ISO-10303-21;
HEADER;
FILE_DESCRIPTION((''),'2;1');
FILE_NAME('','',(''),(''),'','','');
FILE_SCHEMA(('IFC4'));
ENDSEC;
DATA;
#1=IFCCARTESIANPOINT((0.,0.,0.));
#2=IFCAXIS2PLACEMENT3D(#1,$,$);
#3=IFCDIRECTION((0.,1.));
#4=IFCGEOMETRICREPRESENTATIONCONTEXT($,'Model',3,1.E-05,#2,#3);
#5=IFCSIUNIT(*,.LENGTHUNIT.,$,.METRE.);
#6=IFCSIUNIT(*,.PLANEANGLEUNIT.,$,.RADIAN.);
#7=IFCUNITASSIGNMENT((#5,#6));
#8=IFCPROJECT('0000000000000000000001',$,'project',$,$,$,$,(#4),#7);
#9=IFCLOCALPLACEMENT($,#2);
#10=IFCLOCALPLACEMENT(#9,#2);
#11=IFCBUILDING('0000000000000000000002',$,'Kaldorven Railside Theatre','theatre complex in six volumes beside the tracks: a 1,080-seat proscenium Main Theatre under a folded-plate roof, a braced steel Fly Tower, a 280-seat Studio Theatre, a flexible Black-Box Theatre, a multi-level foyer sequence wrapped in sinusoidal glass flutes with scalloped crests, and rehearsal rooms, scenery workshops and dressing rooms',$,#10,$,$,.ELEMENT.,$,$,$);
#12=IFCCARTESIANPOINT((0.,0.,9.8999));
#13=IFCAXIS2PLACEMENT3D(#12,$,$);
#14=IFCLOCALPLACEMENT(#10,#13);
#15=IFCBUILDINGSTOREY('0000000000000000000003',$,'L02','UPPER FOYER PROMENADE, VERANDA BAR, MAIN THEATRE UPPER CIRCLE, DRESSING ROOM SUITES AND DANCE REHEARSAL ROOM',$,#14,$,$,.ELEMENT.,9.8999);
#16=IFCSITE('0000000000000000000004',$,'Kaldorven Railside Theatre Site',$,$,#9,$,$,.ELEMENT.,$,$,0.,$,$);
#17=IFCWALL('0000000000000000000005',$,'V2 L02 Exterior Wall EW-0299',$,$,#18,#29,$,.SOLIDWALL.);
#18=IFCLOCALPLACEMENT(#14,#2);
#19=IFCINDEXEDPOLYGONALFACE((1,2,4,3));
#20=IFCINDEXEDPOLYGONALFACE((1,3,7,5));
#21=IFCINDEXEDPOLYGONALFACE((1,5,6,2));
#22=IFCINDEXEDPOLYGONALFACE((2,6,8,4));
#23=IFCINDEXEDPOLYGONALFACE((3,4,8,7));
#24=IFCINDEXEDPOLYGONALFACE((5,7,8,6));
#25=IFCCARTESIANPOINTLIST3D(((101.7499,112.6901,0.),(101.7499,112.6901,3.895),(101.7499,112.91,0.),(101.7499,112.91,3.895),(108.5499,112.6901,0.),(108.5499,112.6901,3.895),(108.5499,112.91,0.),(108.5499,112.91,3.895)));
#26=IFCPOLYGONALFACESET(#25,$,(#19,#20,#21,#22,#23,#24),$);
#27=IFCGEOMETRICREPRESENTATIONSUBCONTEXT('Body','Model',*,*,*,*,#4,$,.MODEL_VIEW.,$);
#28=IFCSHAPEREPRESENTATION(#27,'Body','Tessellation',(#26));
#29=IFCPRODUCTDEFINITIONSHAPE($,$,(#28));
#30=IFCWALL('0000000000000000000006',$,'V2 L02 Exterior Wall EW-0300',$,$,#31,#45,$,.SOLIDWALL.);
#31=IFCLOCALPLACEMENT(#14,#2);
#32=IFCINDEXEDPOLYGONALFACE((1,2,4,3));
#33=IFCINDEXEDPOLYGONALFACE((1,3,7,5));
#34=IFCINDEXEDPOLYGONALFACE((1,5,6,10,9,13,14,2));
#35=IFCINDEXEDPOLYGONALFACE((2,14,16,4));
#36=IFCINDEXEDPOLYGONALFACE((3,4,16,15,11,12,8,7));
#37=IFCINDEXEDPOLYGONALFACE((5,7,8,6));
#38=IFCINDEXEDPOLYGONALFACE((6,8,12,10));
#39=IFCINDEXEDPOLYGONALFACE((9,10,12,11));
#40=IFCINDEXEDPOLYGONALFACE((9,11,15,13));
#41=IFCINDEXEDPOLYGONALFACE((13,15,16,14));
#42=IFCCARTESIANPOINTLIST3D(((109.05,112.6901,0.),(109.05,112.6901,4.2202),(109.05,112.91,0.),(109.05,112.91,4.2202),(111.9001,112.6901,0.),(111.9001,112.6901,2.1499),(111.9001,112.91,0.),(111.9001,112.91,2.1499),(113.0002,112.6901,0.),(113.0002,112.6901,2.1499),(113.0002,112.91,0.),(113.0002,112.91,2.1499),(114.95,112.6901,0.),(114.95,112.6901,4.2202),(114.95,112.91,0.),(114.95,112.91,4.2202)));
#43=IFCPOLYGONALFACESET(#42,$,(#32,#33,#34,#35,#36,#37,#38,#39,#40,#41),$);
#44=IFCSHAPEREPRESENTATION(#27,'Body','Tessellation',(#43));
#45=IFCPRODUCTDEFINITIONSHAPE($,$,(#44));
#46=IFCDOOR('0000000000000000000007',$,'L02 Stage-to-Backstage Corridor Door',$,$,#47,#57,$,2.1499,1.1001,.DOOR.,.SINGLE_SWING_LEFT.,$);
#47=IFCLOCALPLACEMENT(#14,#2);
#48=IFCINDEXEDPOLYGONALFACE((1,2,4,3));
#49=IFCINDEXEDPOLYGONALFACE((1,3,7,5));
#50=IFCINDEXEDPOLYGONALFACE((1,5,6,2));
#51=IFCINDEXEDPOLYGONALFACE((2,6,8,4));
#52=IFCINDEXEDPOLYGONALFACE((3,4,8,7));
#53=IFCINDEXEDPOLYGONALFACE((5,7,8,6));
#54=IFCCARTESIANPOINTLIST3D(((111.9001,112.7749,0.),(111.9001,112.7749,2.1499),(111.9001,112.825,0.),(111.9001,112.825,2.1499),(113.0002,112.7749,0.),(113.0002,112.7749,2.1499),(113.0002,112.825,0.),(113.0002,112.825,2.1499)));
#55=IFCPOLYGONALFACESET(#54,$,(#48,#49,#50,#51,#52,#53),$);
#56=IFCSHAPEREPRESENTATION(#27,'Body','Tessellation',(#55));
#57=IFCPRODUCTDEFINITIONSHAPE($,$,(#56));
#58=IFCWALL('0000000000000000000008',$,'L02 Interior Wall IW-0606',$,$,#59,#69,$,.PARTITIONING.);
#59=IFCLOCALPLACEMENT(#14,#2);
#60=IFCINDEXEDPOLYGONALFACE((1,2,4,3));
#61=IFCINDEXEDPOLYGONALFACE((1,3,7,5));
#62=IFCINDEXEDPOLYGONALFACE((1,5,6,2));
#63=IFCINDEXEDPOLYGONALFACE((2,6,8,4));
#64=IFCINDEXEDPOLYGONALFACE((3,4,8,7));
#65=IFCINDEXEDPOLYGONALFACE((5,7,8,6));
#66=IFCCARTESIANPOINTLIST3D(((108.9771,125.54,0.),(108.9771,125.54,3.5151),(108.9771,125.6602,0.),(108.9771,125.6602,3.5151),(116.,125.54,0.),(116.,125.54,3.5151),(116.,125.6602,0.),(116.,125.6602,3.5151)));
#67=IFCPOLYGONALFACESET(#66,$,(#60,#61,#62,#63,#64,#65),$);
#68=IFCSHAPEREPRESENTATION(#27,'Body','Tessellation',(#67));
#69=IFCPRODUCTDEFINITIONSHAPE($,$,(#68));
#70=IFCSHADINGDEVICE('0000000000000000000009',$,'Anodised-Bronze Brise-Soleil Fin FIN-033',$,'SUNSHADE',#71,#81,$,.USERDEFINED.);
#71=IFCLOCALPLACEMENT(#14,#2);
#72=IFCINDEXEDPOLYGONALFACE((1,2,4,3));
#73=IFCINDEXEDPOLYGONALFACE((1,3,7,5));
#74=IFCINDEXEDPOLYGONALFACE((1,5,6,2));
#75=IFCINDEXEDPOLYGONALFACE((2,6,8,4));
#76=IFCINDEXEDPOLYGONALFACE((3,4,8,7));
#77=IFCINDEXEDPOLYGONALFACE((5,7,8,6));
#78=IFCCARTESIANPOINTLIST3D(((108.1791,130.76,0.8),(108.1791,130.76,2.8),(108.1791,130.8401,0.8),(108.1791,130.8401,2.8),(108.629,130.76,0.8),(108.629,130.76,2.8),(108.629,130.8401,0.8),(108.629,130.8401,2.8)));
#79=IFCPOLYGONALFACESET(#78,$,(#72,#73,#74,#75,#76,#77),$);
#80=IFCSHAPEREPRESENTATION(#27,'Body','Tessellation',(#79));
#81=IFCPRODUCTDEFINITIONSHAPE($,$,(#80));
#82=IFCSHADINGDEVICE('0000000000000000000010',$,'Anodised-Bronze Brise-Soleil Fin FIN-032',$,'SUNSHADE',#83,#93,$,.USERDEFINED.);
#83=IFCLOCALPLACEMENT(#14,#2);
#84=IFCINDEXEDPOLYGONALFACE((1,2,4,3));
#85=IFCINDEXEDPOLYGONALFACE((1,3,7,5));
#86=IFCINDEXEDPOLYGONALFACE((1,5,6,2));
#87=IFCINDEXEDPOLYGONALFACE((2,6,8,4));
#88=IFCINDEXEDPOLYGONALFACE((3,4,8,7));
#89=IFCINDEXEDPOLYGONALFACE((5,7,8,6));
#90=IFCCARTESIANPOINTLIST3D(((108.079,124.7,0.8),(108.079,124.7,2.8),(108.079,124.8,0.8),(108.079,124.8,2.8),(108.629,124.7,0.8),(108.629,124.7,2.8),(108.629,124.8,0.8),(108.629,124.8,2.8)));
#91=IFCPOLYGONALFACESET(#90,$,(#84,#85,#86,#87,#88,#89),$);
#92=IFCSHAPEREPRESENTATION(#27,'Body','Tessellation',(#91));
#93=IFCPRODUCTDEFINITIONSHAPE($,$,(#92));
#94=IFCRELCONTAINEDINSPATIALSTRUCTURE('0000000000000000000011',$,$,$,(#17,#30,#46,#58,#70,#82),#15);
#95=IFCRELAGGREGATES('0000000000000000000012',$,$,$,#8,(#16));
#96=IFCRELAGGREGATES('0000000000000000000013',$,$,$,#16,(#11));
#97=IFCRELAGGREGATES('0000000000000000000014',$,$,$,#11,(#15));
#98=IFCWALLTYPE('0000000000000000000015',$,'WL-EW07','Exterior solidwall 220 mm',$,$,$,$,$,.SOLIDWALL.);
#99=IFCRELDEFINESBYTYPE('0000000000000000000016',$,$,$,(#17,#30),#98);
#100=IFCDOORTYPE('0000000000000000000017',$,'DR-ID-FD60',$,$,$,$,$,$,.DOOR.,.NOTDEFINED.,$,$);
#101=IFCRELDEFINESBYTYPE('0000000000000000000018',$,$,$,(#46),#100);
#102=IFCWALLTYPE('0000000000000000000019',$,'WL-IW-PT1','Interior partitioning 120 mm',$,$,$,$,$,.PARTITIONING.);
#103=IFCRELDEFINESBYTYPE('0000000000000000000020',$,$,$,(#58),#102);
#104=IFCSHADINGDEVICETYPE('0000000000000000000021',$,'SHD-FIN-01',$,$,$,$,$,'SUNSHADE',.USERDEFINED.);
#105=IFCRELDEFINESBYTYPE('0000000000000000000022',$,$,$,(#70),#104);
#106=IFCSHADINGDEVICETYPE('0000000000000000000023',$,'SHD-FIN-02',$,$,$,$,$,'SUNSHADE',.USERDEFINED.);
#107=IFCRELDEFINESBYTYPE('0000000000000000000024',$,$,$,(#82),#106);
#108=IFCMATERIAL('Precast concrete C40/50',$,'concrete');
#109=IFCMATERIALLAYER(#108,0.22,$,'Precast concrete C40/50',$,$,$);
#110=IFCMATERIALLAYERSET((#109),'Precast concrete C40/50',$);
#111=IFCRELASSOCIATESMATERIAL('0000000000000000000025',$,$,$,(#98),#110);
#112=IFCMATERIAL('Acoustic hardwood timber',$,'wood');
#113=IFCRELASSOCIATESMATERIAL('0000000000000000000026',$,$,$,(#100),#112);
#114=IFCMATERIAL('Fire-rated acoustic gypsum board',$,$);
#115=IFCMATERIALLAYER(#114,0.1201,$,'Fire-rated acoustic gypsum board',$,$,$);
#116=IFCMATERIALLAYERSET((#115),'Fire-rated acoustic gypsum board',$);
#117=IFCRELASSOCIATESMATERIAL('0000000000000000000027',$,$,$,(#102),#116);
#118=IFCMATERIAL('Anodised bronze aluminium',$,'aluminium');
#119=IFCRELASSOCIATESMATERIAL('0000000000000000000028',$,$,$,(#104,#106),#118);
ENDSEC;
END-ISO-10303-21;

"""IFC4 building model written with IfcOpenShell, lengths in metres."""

from ifc_helpers import new_model, si_unit, direction, frame, frame_2d, origin, origin_2d, place, context, subcontext, project, spatial, rectangle, extrude, material, layer, layer_set, type_object, element, fill, save


model = new_model("IFC4")

# Units and contexts
model_context = context("Model", 3, precision=1e-05, world=origin(), true_north=direction((0.0, 1.0)))
body_context = subcontext(model_context, "Body", "Model", "MODEL_VIEW")
ifc_project = project(units=[si_unit("LENGTHUNIT", "METRE"), si_unit("PLANEANGLEUNIT", "RADIAN")], contexts=[model_context])

# Site, building, storey
site_placement = place(None, origin())
site = spatial("IfcSite", under=ifc_project, at=site_placement, Name="Kaldorven Railside Theatre Site", CompositionType="ELEMENT", RefElevation=0.0)
building_placement = place(site_placement, origin())
building = spatial("IfcBuilding", under=site, at=building_placement, Name="Kaldorven Railside Theatre", Description="theatre complex in six volumes beside the tracks: a 1,080-seat proscenium Main Theatre under a folded-plate roof, a braced steel Fly Tower, a 280-seat Studio Theatre, a flexible Black-Box Theatre, a multi-level foyer sequence wrapped in sinusoidal glass flutes with scalloped crests, and rehearsal rooms, scenery workshops and dressing rooms", CompositionType="ELEMENT")
storey_placement = place(building_placement, frame((0.0, 0.0, 9.8999)))
storey = spatial("IfcBuildingStorey", under=building, at=storey_placement, Name="L02", Description="UPPER FOYER PROMENADE, VERANDA BAR, MAIN THEATRE UPPER CIRCLE, DRESSING ROOM SUITES AND DANCE REHEARSAL ROOM", CompositionType="ELEMENT", Elevation=9.8999)

# Shared definitions
ifc_material_1 = material(Name="Precast concrete C40/50", Category="concrete")

# Wall
ifc_layer_1 = layer(ifc_material_1, 0.22, Name="Precast concrete C40/50")
ifc_layer_set_1 = layer_set([ifc_layer_1], Name="Precast concrete C40/50")
wall_type_1 = type_object("IfcWallType", Name="WL-EW07", Description="Exterior solidwall 220 mm", PredefinedType="SOLIDWALL", material=ifc_layer_set_1)
wall_1_placement = place(storey_placement, frame((101.75, 112.8, 0.0), z_axis=(0.0, 0.0, 1.0), x_axis=(1.0, 0.0, 0.0)))
element("IfcWall", 1, at=wall_1_placement, inside=storey, type_object=wall_type_1, Name="V2 L02 Exterior Wall EW-0299", PredefinedType="SOLIDWALL", context=body_context, shape_type="SweptSolid", body=[
    extrude(rectangle(XDim=6.8, YDim=0.22, at=frame_2d((3.3999, 0.0))), origin(), (0.0, 0.0, 1.0), 3.895),
])

# Wall, opening, door
wall_2_placement = place(storey_placement, frame((109.05, 112.8, 0.0), z_axis=(0.0, 0.0, 1.0), x_axis=(1.0, 0.0, 0.0)))
wall_2 = element("IfcWall", 2, at=wall_2_placement, inside=storey, type_object=wall_type_1, Name="V2 L02 Exterior Wall EW-0300", PredefinedType="SOLIDWALL", context=body_context, shape_type="SweptSolid", body=[
    extrude(rectangle(XDim=5.8999, YDim=0.22, at=frame_2d((2.95, 0.0))), origin(), (0.0, 0.0, 1.0), 4.2202),
])
opening_1_placement = place(wall_2_placement, frame((2.8501, 0.0, 0.0)))
opening_1 = element("IfcOpeningElement", 3, at=opening_1_placement, cuts=wall_2, PredefinedType="OPENING", context=body_context, shape_type="SweptSolid", body=[
    extrude(rectangle(XDim=1.1001, YDim=2.1499, at=frame_2d((0.55, 1.075))), frame((0.0, 0.1201, 0.0), z_axis=(0.0, -1.0, 0.0), x_axis=(1.0, 0.0, 0.0)), (0.0, 0.0, 1.0), 0.24),
])
ifc_material_2 = material(Name="Acoustic hardwood timber", Category="wood")
door_type = type_object("IfcDoorType", Name="DR-ID-FD60", OperationType="NOTDEFINED", PredefinedType="DOOR", material=ifc_material_2)
door_placement = place(opening_1_placement, origin())
door = element("IfcDoor", 4, at=door_placement, inside=storey, type_object=door_type, Name="L02 Stage-to-Backstage Corridor Door", OperationType="SINGLE_SWING_LEFT", OverallHeight=2.1499, OverallWidth=1.1001, PredefinedType="DOOR", context=body_context, shape_type="SweptSolid", body=[
    extrude(rectangle(XDim=1.1001, YDim=2.1499, at=frame_2d((0.55, 1.075))), frame((0.0, 0.0249, 0.0), z_axis=(0.0, -1.0, 0.0), x_axis=(1.0, 0.0, 0.0)), (0.0, 0.0, 1.0), 0.05),
])
fill(opening_1, door)

# Wall
ifc_material_3 = material(Name="Fire-rated acoustic gypsum board")
ifc_layer_2 = layer(ifc_material_3, 0.1201, Name="Fire-rated acoustic gypsum board")
ifc_layer_set_2 = layer_set([ifc_layer_2], Name="Fire-rated acoustic gypsum board")
wall_type_2 = type_object("IfcWallType", Name="WL-IW-PT1", Description="Interior partitioning 120 mm", PredefinedType="PARTITIONING", material=ifc_layer_set_2)
wall_3_placement = place(storey_placement, frame((108.9771, 125.6001, 0.0), z_axis=(0.0, 0.0, 1.0), x_axis=(1.0, 0.0, 0.0)))
element("IfcWall", 5, at=wall_3_placement, inside=storey, type_object=wall_type_2, Name="L02 Interior Wall IW-0606", PredefinedType="PARTITIONING", context=body_context, shape_type="SweptSolid", body=[
    extrude(rectangle(XDim=7.0229, YDim=0.1201, at=frame_2d((3.5115, 0.0))), origin(), (0.0, 0.0, 1.0), 3.5151),
])

# Shading devices
ifc_material_4 = material(Name="Anodised bronze aluminium", Category="aluminium")
shading_device_type_1 = type_object("IfcShadingDeviceType", Name="SHD-FIN-01", ElementType="SUNSHADE", PredefinedType="USERDEFINED", material=ifc_material_4)
shading_device_1_placement = place(storey_placement, frame((108.4041, 130.8, 0.8), z_axis=(0.0, 0.0, 1.0), x_axis=(0.0, 1.0, 0.0)))
element("IfcShadingDevice", 6, at=shading_device_1_placement, inside=storey, type_object=shading_device_type_1, Name="Anodised-Bronze Brise-Soleil Fin FIN-033", ObjectType="SUNSHADE", PredefinedType="USERDEFINED", context=body_context, shape_type="SweptSolid", body=[
    extrude(rectangle(XDim=0.0801, YDim=0.45, at=origin_2d()), origin(), (0.0, 0.0, 1.0), 2.0),
])
shading_device_type_2 = type_object("IfcShadingDeviceType", Name="SHD-FIN-02", ElementType="SUNSHADE", PredefinedType="USERDEFINED", material=ifc_material_4)
shading_device_2_placement = place(storey_placement, frame((108.354, 124.75, 0.8), z_axis=(0.0, 0.0, 1.0), x_axis=(0.0, 1.0, 0.0)))
element("IfcShadingDevice", 7, at=shading_device_2_placement, inside=storey, type_object=shading_device_type_2, Name="Anodised-Bronze Brise-Soleil Fin FIN-032", ObjectType="SUNSHADE", PredefinedType="USERDEFINED", context=body_context, shape_type="SweptSolid", body=[
    extrude(rectangle(XDim=0.1001, YDim=0.55, at=origin_2d()), origin(), (0.0, 0.0, 1.0), 2.0),
])

save(model, "model.ifc")
